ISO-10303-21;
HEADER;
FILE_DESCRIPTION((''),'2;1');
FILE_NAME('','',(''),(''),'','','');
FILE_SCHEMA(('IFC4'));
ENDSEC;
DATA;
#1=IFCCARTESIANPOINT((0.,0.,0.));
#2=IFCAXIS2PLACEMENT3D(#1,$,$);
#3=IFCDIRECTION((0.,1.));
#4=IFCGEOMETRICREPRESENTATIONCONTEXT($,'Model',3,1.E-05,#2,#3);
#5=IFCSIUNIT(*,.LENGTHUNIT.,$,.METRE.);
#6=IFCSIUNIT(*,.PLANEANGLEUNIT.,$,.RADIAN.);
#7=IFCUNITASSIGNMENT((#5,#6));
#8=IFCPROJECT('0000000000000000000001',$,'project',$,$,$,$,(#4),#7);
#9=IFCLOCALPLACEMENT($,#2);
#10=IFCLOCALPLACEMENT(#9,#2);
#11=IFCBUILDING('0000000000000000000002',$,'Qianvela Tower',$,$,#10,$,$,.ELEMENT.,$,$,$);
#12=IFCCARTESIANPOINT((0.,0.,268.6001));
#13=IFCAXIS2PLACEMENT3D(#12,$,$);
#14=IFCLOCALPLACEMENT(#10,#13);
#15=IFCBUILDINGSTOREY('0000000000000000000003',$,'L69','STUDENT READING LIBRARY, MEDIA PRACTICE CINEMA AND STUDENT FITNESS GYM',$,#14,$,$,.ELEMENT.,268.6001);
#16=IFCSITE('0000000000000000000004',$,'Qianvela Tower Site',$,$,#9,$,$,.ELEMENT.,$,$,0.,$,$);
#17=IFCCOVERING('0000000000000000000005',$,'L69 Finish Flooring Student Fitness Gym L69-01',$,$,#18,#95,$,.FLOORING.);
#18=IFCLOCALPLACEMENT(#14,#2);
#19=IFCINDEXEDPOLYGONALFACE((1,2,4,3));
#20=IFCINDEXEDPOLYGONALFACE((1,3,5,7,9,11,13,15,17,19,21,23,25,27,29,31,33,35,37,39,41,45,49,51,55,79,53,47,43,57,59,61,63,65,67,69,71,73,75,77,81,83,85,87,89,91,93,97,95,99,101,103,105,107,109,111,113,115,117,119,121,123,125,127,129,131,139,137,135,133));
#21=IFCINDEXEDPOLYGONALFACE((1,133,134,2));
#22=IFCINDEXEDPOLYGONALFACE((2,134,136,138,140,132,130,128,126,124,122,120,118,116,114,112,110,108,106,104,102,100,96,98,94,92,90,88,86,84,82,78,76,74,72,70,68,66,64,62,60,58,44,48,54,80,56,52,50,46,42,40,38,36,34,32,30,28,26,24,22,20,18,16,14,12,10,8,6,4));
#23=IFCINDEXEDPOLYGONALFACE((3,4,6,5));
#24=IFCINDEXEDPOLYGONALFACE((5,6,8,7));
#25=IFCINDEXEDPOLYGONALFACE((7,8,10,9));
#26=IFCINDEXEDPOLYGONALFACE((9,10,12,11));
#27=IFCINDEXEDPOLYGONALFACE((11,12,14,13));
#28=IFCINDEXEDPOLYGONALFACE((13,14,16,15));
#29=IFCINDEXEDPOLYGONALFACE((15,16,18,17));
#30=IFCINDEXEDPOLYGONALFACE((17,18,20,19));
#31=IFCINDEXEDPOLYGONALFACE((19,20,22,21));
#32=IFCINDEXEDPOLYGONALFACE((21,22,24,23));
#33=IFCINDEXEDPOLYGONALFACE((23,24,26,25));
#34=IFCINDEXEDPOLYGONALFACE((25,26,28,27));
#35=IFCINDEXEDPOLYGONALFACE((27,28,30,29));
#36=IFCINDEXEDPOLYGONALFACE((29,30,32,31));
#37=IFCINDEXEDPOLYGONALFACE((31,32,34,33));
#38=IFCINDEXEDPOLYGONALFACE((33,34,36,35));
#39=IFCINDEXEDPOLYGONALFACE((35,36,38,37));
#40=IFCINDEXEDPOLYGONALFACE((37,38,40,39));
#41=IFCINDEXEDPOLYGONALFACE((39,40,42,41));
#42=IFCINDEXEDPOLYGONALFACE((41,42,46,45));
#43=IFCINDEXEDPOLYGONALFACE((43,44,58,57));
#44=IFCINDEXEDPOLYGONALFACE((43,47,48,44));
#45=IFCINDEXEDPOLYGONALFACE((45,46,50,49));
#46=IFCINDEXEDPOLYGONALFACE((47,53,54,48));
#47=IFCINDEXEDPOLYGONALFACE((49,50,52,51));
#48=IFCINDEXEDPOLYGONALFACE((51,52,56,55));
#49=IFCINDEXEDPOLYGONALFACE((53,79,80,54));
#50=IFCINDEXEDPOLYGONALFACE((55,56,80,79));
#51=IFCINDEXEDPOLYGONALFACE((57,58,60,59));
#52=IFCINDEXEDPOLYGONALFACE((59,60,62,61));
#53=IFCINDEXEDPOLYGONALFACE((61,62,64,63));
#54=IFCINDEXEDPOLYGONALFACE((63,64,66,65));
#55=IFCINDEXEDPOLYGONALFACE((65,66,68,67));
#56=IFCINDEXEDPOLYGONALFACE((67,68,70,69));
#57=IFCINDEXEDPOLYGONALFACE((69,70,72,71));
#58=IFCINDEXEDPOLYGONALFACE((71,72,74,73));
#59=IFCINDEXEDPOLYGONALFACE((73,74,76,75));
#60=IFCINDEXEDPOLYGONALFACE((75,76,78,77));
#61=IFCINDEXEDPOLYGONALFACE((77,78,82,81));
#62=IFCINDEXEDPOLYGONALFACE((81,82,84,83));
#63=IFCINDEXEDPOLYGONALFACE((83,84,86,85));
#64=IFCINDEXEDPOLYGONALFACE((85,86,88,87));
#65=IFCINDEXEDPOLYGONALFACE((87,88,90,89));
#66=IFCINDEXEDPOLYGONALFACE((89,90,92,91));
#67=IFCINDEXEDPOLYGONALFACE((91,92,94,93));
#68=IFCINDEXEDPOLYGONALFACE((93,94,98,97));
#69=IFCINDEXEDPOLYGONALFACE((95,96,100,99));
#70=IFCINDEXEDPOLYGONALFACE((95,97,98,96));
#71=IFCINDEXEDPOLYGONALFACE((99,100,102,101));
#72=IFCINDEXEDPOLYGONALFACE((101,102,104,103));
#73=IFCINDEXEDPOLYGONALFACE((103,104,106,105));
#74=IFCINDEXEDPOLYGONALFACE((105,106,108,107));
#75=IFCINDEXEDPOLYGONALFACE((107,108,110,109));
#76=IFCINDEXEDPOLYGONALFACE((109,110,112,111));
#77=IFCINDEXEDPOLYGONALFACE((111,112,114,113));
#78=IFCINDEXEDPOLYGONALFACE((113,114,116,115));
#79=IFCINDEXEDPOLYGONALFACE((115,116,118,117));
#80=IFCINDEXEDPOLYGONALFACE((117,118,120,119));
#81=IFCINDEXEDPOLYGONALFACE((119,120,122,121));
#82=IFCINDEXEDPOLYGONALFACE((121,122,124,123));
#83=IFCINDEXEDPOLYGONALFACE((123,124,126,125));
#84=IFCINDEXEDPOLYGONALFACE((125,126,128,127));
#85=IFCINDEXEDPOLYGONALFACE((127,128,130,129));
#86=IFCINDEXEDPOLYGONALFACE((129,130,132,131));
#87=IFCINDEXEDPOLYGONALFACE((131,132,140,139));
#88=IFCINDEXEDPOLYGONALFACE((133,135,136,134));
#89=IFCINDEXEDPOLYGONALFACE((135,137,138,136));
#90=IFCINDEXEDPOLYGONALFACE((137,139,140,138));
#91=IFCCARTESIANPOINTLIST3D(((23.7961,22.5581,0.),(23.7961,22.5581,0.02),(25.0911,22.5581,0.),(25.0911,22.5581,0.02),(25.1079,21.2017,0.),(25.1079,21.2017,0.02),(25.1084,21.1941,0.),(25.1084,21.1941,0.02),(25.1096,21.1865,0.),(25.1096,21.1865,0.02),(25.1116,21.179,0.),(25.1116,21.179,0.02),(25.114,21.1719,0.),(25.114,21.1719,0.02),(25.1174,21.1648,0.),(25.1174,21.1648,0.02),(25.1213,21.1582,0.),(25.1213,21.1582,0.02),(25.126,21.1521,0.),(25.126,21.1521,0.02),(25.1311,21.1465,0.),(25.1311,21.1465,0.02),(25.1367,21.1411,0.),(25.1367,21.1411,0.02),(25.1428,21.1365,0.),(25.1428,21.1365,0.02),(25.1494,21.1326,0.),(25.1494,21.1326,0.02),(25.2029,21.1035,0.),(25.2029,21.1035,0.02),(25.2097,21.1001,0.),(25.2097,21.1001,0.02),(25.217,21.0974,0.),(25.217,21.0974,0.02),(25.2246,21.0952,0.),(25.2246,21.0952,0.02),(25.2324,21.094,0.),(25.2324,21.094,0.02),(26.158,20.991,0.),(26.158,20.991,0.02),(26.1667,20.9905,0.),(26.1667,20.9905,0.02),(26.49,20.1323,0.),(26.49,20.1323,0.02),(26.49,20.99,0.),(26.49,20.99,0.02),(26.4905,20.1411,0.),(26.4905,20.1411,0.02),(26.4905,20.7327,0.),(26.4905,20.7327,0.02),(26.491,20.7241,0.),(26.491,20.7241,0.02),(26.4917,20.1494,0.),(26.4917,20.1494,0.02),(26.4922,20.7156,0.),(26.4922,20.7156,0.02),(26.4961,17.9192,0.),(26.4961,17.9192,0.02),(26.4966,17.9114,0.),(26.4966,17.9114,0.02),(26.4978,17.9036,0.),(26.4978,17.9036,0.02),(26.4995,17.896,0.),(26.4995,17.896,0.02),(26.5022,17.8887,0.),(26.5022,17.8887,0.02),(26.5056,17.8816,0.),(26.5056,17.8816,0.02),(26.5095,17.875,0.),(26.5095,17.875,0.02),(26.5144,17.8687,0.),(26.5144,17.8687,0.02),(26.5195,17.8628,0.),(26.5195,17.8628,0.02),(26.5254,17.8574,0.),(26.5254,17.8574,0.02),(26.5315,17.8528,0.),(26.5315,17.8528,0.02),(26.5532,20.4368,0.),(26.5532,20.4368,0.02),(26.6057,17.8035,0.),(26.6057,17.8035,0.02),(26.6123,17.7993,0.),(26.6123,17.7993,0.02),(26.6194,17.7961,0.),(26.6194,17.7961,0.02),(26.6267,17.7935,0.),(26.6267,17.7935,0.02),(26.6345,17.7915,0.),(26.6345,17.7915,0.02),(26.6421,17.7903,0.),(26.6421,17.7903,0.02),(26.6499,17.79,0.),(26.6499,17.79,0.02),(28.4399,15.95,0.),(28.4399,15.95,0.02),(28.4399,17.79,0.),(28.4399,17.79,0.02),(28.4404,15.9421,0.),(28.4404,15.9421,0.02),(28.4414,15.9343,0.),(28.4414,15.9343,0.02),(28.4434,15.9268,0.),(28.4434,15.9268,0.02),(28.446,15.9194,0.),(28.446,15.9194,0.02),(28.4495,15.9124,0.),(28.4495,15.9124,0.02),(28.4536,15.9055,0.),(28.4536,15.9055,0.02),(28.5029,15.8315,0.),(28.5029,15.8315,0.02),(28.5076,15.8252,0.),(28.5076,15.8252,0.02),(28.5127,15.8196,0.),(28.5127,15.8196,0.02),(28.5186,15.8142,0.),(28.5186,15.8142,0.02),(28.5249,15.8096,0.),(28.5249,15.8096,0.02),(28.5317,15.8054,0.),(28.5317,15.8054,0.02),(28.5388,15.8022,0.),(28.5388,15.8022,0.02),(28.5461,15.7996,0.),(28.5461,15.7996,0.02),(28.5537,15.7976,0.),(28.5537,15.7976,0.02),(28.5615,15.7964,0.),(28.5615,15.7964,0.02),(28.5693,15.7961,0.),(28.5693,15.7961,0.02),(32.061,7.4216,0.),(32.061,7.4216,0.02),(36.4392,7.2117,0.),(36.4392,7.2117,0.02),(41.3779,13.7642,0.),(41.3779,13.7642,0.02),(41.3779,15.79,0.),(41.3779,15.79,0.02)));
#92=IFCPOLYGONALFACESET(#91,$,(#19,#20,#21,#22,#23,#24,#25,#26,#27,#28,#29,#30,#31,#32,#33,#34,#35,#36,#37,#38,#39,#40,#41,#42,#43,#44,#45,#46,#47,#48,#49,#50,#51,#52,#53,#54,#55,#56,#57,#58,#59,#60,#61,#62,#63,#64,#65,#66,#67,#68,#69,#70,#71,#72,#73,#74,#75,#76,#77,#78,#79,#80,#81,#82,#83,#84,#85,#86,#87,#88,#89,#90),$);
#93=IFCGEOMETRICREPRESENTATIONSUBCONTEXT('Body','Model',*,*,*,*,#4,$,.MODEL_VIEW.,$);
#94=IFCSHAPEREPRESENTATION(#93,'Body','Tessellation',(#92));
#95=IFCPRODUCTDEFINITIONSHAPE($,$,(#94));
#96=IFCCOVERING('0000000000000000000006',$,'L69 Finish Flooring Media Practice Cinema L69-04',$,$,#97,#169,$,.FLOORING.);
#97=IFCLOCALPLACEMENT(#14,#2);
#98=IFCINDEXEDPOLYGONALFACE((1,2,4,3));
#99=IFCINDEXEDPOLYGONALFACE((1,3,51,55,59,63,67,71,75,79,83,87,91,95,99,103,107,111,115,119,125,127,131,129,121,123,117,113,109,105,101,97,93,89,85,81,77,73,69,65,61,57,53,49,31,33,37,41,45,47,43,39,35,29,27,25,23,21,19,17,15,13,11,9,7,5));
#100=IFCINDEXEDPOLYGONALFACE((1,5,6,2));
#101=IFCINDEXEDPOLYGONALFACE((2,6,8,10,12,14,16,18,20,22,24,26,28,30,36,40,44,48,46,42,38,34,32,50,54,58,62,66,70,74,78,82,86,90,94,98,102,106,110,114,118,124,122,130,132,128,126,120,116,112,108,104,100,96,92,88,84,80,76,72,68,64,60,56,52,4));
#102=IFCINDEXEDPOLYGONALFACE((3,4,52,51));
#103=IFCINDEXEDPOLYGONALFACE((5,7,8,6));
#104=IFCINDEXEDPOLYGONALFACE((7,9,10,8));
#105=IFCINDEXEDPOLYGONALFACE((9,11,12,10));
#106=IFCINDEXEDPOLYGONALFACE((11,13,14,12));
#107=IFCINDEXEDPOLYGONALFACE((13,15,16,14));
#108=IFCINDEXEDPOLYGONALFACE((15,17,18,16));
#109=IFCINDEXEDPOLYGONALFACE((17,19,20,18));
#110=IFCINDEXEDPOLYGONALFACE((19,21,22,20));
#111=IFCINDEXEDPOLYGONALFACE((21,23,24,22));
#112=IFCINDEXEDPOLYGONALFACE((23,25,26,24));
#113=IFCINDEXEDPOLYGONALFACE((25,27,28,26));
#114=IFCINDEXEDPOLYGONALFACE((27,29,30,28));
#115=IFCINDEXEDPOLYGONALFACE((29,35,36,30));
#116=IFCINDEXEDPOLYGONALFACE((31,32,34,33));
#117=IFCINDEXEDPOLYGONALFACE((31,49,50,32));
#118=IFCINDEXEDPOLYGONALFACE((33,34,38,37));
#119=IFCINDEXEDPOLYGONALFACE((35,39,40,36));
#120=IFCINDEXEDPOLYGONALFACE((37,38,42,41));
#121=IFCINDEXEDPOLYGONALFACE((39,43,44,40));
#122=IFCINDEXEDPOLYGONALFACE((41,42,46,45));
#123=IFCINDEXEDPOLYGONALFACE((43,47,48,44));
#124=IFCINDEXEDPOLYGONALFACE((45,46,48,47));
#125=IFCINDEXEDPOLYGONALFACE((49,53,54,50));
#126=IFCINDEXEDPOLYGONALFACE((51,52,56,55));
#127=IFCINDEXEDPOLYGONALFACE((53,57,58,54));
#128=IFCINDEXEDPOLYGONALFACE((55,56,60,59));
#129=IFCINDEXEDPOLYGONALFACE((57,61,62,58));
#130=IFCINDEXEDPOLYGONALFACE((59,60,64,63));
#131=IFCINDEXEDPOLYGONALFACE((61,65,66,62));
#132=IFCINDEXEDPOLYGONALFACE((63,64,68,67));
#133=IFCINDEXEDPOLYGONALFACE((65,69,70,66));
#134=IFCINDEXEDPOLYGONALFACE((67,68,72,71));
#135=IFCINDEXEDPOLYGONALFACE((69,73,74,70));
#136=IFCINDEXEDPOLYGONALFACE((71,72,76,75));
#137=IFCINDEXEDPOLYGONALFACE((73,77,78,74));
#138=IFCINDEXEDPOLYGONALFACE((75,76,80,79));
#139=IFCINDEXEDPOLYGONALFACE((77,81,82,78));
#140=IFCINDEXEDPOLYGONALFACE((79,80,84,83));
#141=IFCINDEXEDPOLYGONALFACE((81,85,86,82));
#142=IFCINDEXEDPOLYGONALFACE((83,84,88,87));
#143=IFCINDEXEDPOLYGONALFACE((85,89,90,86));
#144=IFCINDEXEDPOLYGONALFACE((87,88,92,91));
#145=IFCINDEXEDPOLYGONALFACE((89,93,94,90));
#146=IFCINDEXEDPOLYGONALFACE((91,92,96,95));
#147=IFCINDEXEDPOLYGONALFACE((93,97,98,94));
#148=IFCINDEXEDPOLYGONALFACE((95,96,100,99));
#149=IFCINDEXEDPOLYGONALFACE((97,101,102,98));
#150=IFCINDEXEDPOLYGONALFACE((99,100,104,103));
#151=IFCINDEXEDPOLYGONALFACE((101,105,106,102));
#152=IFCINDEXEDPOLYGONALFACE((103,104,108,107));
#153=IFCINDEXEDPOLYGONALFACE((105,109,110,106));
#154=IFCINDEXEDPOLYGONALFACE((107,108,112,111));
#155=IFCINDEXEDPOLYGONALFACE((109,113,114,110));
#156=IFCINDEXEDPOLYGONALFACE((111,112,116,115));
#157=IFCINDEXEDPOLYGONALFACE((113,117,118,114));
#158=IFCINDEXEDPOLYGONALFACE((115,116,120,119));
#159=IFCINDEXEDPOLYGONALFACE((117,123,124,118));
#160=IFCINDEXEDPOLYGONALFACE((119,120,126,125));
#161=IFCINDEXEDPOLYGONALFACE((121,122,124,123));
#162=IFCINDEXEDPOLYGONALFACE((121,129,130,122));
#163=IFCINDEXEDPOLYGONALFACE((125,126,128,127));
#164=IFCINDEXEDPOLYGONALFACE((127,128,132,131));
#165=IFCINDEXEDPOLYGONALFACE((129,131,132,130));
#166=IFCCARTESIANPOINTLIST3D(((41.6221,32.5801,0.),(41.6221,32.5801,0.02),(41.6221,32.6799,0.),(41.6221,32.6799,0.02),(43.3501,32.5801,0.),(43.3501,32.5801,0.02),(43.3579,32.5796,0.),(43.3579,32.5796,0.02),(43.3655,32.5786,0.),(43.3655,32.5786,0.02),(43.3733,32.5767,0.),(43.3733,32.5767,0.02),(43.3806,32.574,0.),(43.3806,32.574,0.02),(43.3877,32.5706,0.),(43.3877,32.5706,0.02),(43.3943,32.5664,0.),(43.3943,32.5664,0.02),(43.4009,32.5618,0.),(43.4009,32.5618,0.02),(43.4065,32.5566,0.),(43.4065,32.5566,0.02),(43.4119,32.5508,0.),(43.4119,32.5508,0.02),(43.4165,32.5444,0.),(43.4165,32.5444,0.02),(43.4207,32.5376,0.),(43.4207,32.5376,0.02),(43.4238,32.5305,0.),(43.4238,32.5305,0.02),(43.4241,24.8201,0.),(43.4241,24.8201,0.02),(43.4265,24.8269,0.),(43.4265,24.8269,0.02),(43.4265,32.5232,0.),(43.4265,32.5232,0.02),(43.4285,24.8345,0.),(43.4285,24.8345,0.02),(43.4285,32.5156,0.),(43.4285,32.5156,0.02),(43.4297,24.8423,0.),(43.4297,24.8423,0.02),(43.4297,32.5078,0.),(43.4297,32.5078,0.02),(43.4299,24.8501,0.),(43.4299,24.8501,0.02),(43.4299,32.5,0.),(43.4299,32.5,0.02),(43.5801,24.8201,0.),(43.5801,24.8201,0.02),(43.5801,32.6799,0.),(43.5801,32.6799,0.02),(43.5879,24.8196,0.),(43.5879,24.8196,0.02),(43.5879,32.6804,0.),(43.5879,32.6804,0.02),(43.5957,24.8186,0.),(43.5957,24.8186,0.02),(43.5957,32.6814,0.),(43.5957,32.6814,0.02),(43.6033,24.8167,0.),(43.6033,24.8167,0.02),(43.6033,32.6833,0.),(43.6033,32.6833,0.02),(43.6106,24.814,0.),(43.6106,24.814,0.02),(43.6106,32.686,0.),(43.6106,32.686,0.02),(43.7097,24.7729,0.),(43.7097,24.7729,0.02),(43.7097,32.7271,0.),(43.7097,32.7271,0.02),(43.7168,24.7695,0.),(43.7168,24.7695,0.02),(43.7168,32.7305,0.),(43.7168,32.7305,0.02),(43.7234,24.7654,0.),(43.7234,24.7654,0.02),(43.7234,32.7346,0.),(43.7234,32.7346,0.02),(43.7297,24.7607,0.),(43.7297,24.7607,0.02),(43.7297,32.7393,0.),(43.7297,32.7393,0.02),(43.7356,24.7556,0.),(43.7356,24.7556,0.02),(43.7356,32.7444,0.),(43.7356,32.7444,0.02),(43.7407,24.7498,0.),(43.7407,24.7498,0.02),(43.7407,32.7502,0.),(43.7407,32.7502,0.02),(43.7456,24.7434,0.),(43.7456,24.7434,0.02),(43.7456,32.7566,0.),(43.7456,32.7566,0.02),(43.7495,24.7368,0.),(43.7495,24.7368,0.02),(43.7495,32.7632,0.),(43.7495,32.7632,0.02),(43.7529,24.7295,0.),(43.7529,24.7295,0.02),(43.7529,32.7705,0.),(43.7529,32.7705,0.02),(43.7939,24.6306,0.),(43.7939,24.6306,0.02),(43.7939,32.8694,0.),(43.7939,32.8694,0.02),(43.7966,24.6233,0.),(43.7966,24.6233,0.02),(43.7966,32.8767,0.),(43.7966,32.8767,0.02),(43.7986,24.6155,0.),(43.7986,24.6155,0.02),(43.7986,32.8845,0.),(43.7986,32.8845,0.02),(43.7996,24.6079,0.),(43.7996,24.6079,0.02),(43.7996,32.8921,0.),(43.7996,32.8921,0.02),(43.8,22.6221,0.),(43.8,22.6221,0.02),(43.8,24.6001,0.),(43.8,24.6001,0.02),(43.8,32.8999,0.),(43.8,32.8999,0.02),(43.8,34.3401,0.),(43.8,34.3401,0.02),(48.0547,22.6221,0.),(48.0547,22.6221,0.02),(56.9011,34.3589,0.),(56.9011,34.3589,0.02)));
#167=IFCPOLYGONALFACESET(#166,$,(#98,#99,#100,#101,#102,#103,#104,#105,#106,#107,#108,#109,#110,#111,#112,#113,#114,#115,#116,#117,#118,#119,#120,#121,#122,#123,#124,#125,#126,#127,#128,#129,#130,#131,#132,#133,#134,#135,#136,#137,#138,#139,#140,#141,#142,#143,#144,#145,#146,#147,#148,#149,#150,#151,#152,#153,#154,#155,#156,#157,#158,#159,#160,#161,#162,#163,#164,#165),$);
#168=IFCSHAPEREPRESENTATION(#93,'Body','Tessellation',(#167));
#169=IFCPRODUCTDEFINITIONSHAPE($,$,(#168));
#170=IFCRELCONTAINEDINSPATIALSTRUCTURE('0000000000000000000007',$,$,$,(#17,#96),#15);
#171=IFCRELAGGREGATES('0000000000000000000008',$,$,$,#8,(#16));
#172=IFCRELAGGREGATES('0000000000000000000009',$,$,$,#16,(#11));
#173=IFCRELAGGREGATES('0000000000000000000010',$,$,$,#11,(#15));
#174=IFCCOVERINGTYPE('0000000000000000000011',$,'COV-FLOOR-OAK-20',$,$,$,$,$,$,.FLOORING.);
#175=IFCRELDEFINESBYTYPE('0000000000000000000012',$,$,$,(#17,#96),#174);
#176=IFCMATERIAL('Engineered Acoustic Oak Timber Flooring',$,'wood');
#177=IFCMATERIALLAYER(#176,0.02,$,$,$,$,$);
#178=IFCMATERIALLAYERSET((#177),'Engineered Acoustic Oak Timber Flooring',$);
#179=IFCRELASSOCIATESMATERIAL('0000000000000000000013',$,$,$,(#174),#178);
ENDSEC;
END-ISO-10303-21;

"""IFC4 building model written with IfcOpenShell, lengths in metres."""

from ifc_helpers import new_model, si_unit, direction, frame, origin, place, context, subcontext, project, spatial, polyline, outline, extrude, material, layer, layer_set, type_object, element, save


model = new_model("IFC4")

# Units and contexts
model_context = context("Model", 3, precision=1e-05, world=origin(), true_north=direction((0.0, 1.0)))
body_context = subcontext(model_context, "Body", "Model", "MODEL_VIEW")
ifc_project = project(units=[si_unit("LENGTHUNIT", "METRE"), si_unit("PLANEANGLEUNIT", "RADIAN")], contexts=[model_context])

# Site, building, storey
site_placement = place(None, origin())
site = spatial("IfcSite", under=ifc_project, at=site_placement, Name="Qianvela Tower Site", CompositionType="ELEMENT", RefElevation=0.0)
building_placement = place(site_placement, origin())
building = spatial("IfcBuilding", under=site, at=building_placement, Name="Qianvela Tower", CompositionType="ELEMENT")
storey_placement = place(building_placement, frame((0.0, 0.0, 268.6001)))
storey = spatial("IfcBuildingStorey", under=building, at=storey_placement, Name="L69", Description="STUDENT READING LIBRARY, MEDIA PRACTICE CINEMA AND STUDENT FITNESS GYM", CompositionType="ELEMENT", Elevation=268.6001)

# Coverings
ifc_material_1 = material(Name="Engineered Acoustic Oak Timber Flooring", Category="wood")
ifc_layer_1 = layer(ifc_material_1, 0.02)
ifc_layer_set_1 = layer_set([ifc_layer_1], Name="Engineered Acoustic Oak Timber Flooring")
covering_type_1 = type_object("IfcCoveringType", Name="COV-FLOOR-OAK-20", PredefinedType="FLOORING", material=ifc_layer_set_1)
covering_1_placement = place(storey_placement, origin())
element("IfcCovering", 1, at=covering_1_placement, inside=storey, type_object=covering_type_1, Name="L69 Finish Flooring Student Fitness Gym L69-01", PredefinedType="FLOORING", context=body_context, shape_type="SweptSolid", body=[
    extrude(outline(polyline([(23.7961, 22.5581), (25.0911, 22.5581), (25.1079, 21.2017), (25.1084, 21.1941), (25.1096, 21.1865), (25.1116, 21.179), (25.114, 21.1719), (25.1174, 21.1648), (25.1213, 21.1582), (25.126, 21.1521), (25.1311, 21.1465), (25.1367, 21.1411), (25.1428, 21.1365), (25.1494, 21.1326), (25.2029, 21.1035), (25.2097, 21.1001), (25.217, 21.0974), (25.2246, 21.0952), (25.2324, 21.094), (26.158, 20.991), (26.1667, 20.9905), (26.49, 20.99), (26.4905, 20.7327), (26.491, 20.7241), (26.4922, 20.7156), (26.5532, 20.4368), (26.4917, 20.1494), (26.4905, 20.1411), (26.49, 20.1323), (26.4961, 17.9192), (26.4966, 17.9114), (26.4978, 17.9036), (26.4995, 17.896), (26.5022, 17.8887), (26.5056, 17.8816), (26.5095, 17.875), (26.5144, 17.8687), (26.5195, 17.8628), (26.5254, 17.8574), (26.5315, 17.8528), (26.6057, 17.8035), (26.6123, 17.7993), (26.6194, 17.7961), (26.6267, 17.7935), (26.6345, 17.7915), (26.6421, 17.7903), (26.6499, 17.79), (28.4399, 17.79), (28.4399, 15.95), (28.4404, 15.9421), (28.4414, 15.9343), (28.4434, 15.9268), (28.446, 15.9194), (28.4495, 15.9124), (28.4536, 15.9055), (28.5029, 15.8315), (28.5076, 15.8252), (28.5127, 15.8196), (28.5186, 15.8142), (28.5249, 15.8096), (28.5317, 15.8054), (28.5388, 15.8022), (28.5461, 15.7996), (28.5537, 15.7976), (28.5615, 15.7964), (28.5693, 15.7961), (41.3779, 15.79), (41.3779, 13.7642), (36.4392, 7.2117), (32.061, 7.4216), (23.7961, 22.5581)])), origin(), (0.0, 0.0, 1.0), 0.02),
])
covering_2_placement = place(storey_placement, origin())
element("IfcCovering", 2, at=covering_2_placement, inside=storey, type_object=covering_type_1, Name="L69 Finish Flooring Media Practice Cinema L69-04", PredefinedType="FLOORING", context=body_context, shape_type="SweptSolid", body=[
    extrude(outline(polyline([(43.4241, 24.8201), (43.4265, 24.8269), (43.4285, 24.8345), (43.4297, 24.8423), (43.4299, 24.8501), (43.4299, 32.5), (43.4297, 32.5078), (43.4285, 32.5156), (43.4265, 32.5232), (43.4238, 32.5305), (43.4207, 32.5376), (43.4165, 32.5444), (43.4119, 32.5508), (43.4065, 32.5566), (43.4009, 32.5618), (43.3943, 32.5664), (43.3877, 32.5706), (43.3806, 32.574), (43.3733, 32.5767), (43.3655, 32.5786), (43.3579, 32.5796), (43.3501, 32.5801), (41.6221, 32.5801), (41.6221, 32.6799), (43.5801, 32.6799), (43.5879, 32.6804), (43.5957, 32.6814), (43.6033, 32.6833), (43.6106, 32.686), (43.7097, 32.7271), (43.7168, 32.7305), (43.7234, 32.7346), (43.7297, 32.7393), (43.7356, 32.7444), (43.7407, 32.7502), (43.7456, 32.7566), (43.7495, 32.7632), (43.7529, 32.7705), (43.7939, 32.8694), (43.7966, 32.8767), (43.7986, 32.8845), (43.7996, 32.8921), (43.8, 32.8999), (43.8, 34.3401), (56.9011, 34.3589), (48.0547, 22.6221), (43.8, 22.6221), (43.8, 24.6001), (43.7996, 24.6079), (43.7986, 24.6155), (43.7966, 24.6233), (43.7939, 24.6306), (43.7529, 24.7295), (43.7495, 24.7368), (43.7456, 24.7434), (43.7407, 24.7498), (43.7356, 24.7556), (43.7297, 24.7607), (43.7234, 24.7654), (43.7168, 24.7695), (43.7097, 24.7729), (43.6106, 24.814), (43.6033, 24.8167), (43.5957, 24.8186), (43.5879, 24.8196), (43.5801, 24.8201), (43.4241, 24.8201)])), origin(), (0.0, 0.0, 1.0), 0.02),
])

save(model, "model.ifc")
